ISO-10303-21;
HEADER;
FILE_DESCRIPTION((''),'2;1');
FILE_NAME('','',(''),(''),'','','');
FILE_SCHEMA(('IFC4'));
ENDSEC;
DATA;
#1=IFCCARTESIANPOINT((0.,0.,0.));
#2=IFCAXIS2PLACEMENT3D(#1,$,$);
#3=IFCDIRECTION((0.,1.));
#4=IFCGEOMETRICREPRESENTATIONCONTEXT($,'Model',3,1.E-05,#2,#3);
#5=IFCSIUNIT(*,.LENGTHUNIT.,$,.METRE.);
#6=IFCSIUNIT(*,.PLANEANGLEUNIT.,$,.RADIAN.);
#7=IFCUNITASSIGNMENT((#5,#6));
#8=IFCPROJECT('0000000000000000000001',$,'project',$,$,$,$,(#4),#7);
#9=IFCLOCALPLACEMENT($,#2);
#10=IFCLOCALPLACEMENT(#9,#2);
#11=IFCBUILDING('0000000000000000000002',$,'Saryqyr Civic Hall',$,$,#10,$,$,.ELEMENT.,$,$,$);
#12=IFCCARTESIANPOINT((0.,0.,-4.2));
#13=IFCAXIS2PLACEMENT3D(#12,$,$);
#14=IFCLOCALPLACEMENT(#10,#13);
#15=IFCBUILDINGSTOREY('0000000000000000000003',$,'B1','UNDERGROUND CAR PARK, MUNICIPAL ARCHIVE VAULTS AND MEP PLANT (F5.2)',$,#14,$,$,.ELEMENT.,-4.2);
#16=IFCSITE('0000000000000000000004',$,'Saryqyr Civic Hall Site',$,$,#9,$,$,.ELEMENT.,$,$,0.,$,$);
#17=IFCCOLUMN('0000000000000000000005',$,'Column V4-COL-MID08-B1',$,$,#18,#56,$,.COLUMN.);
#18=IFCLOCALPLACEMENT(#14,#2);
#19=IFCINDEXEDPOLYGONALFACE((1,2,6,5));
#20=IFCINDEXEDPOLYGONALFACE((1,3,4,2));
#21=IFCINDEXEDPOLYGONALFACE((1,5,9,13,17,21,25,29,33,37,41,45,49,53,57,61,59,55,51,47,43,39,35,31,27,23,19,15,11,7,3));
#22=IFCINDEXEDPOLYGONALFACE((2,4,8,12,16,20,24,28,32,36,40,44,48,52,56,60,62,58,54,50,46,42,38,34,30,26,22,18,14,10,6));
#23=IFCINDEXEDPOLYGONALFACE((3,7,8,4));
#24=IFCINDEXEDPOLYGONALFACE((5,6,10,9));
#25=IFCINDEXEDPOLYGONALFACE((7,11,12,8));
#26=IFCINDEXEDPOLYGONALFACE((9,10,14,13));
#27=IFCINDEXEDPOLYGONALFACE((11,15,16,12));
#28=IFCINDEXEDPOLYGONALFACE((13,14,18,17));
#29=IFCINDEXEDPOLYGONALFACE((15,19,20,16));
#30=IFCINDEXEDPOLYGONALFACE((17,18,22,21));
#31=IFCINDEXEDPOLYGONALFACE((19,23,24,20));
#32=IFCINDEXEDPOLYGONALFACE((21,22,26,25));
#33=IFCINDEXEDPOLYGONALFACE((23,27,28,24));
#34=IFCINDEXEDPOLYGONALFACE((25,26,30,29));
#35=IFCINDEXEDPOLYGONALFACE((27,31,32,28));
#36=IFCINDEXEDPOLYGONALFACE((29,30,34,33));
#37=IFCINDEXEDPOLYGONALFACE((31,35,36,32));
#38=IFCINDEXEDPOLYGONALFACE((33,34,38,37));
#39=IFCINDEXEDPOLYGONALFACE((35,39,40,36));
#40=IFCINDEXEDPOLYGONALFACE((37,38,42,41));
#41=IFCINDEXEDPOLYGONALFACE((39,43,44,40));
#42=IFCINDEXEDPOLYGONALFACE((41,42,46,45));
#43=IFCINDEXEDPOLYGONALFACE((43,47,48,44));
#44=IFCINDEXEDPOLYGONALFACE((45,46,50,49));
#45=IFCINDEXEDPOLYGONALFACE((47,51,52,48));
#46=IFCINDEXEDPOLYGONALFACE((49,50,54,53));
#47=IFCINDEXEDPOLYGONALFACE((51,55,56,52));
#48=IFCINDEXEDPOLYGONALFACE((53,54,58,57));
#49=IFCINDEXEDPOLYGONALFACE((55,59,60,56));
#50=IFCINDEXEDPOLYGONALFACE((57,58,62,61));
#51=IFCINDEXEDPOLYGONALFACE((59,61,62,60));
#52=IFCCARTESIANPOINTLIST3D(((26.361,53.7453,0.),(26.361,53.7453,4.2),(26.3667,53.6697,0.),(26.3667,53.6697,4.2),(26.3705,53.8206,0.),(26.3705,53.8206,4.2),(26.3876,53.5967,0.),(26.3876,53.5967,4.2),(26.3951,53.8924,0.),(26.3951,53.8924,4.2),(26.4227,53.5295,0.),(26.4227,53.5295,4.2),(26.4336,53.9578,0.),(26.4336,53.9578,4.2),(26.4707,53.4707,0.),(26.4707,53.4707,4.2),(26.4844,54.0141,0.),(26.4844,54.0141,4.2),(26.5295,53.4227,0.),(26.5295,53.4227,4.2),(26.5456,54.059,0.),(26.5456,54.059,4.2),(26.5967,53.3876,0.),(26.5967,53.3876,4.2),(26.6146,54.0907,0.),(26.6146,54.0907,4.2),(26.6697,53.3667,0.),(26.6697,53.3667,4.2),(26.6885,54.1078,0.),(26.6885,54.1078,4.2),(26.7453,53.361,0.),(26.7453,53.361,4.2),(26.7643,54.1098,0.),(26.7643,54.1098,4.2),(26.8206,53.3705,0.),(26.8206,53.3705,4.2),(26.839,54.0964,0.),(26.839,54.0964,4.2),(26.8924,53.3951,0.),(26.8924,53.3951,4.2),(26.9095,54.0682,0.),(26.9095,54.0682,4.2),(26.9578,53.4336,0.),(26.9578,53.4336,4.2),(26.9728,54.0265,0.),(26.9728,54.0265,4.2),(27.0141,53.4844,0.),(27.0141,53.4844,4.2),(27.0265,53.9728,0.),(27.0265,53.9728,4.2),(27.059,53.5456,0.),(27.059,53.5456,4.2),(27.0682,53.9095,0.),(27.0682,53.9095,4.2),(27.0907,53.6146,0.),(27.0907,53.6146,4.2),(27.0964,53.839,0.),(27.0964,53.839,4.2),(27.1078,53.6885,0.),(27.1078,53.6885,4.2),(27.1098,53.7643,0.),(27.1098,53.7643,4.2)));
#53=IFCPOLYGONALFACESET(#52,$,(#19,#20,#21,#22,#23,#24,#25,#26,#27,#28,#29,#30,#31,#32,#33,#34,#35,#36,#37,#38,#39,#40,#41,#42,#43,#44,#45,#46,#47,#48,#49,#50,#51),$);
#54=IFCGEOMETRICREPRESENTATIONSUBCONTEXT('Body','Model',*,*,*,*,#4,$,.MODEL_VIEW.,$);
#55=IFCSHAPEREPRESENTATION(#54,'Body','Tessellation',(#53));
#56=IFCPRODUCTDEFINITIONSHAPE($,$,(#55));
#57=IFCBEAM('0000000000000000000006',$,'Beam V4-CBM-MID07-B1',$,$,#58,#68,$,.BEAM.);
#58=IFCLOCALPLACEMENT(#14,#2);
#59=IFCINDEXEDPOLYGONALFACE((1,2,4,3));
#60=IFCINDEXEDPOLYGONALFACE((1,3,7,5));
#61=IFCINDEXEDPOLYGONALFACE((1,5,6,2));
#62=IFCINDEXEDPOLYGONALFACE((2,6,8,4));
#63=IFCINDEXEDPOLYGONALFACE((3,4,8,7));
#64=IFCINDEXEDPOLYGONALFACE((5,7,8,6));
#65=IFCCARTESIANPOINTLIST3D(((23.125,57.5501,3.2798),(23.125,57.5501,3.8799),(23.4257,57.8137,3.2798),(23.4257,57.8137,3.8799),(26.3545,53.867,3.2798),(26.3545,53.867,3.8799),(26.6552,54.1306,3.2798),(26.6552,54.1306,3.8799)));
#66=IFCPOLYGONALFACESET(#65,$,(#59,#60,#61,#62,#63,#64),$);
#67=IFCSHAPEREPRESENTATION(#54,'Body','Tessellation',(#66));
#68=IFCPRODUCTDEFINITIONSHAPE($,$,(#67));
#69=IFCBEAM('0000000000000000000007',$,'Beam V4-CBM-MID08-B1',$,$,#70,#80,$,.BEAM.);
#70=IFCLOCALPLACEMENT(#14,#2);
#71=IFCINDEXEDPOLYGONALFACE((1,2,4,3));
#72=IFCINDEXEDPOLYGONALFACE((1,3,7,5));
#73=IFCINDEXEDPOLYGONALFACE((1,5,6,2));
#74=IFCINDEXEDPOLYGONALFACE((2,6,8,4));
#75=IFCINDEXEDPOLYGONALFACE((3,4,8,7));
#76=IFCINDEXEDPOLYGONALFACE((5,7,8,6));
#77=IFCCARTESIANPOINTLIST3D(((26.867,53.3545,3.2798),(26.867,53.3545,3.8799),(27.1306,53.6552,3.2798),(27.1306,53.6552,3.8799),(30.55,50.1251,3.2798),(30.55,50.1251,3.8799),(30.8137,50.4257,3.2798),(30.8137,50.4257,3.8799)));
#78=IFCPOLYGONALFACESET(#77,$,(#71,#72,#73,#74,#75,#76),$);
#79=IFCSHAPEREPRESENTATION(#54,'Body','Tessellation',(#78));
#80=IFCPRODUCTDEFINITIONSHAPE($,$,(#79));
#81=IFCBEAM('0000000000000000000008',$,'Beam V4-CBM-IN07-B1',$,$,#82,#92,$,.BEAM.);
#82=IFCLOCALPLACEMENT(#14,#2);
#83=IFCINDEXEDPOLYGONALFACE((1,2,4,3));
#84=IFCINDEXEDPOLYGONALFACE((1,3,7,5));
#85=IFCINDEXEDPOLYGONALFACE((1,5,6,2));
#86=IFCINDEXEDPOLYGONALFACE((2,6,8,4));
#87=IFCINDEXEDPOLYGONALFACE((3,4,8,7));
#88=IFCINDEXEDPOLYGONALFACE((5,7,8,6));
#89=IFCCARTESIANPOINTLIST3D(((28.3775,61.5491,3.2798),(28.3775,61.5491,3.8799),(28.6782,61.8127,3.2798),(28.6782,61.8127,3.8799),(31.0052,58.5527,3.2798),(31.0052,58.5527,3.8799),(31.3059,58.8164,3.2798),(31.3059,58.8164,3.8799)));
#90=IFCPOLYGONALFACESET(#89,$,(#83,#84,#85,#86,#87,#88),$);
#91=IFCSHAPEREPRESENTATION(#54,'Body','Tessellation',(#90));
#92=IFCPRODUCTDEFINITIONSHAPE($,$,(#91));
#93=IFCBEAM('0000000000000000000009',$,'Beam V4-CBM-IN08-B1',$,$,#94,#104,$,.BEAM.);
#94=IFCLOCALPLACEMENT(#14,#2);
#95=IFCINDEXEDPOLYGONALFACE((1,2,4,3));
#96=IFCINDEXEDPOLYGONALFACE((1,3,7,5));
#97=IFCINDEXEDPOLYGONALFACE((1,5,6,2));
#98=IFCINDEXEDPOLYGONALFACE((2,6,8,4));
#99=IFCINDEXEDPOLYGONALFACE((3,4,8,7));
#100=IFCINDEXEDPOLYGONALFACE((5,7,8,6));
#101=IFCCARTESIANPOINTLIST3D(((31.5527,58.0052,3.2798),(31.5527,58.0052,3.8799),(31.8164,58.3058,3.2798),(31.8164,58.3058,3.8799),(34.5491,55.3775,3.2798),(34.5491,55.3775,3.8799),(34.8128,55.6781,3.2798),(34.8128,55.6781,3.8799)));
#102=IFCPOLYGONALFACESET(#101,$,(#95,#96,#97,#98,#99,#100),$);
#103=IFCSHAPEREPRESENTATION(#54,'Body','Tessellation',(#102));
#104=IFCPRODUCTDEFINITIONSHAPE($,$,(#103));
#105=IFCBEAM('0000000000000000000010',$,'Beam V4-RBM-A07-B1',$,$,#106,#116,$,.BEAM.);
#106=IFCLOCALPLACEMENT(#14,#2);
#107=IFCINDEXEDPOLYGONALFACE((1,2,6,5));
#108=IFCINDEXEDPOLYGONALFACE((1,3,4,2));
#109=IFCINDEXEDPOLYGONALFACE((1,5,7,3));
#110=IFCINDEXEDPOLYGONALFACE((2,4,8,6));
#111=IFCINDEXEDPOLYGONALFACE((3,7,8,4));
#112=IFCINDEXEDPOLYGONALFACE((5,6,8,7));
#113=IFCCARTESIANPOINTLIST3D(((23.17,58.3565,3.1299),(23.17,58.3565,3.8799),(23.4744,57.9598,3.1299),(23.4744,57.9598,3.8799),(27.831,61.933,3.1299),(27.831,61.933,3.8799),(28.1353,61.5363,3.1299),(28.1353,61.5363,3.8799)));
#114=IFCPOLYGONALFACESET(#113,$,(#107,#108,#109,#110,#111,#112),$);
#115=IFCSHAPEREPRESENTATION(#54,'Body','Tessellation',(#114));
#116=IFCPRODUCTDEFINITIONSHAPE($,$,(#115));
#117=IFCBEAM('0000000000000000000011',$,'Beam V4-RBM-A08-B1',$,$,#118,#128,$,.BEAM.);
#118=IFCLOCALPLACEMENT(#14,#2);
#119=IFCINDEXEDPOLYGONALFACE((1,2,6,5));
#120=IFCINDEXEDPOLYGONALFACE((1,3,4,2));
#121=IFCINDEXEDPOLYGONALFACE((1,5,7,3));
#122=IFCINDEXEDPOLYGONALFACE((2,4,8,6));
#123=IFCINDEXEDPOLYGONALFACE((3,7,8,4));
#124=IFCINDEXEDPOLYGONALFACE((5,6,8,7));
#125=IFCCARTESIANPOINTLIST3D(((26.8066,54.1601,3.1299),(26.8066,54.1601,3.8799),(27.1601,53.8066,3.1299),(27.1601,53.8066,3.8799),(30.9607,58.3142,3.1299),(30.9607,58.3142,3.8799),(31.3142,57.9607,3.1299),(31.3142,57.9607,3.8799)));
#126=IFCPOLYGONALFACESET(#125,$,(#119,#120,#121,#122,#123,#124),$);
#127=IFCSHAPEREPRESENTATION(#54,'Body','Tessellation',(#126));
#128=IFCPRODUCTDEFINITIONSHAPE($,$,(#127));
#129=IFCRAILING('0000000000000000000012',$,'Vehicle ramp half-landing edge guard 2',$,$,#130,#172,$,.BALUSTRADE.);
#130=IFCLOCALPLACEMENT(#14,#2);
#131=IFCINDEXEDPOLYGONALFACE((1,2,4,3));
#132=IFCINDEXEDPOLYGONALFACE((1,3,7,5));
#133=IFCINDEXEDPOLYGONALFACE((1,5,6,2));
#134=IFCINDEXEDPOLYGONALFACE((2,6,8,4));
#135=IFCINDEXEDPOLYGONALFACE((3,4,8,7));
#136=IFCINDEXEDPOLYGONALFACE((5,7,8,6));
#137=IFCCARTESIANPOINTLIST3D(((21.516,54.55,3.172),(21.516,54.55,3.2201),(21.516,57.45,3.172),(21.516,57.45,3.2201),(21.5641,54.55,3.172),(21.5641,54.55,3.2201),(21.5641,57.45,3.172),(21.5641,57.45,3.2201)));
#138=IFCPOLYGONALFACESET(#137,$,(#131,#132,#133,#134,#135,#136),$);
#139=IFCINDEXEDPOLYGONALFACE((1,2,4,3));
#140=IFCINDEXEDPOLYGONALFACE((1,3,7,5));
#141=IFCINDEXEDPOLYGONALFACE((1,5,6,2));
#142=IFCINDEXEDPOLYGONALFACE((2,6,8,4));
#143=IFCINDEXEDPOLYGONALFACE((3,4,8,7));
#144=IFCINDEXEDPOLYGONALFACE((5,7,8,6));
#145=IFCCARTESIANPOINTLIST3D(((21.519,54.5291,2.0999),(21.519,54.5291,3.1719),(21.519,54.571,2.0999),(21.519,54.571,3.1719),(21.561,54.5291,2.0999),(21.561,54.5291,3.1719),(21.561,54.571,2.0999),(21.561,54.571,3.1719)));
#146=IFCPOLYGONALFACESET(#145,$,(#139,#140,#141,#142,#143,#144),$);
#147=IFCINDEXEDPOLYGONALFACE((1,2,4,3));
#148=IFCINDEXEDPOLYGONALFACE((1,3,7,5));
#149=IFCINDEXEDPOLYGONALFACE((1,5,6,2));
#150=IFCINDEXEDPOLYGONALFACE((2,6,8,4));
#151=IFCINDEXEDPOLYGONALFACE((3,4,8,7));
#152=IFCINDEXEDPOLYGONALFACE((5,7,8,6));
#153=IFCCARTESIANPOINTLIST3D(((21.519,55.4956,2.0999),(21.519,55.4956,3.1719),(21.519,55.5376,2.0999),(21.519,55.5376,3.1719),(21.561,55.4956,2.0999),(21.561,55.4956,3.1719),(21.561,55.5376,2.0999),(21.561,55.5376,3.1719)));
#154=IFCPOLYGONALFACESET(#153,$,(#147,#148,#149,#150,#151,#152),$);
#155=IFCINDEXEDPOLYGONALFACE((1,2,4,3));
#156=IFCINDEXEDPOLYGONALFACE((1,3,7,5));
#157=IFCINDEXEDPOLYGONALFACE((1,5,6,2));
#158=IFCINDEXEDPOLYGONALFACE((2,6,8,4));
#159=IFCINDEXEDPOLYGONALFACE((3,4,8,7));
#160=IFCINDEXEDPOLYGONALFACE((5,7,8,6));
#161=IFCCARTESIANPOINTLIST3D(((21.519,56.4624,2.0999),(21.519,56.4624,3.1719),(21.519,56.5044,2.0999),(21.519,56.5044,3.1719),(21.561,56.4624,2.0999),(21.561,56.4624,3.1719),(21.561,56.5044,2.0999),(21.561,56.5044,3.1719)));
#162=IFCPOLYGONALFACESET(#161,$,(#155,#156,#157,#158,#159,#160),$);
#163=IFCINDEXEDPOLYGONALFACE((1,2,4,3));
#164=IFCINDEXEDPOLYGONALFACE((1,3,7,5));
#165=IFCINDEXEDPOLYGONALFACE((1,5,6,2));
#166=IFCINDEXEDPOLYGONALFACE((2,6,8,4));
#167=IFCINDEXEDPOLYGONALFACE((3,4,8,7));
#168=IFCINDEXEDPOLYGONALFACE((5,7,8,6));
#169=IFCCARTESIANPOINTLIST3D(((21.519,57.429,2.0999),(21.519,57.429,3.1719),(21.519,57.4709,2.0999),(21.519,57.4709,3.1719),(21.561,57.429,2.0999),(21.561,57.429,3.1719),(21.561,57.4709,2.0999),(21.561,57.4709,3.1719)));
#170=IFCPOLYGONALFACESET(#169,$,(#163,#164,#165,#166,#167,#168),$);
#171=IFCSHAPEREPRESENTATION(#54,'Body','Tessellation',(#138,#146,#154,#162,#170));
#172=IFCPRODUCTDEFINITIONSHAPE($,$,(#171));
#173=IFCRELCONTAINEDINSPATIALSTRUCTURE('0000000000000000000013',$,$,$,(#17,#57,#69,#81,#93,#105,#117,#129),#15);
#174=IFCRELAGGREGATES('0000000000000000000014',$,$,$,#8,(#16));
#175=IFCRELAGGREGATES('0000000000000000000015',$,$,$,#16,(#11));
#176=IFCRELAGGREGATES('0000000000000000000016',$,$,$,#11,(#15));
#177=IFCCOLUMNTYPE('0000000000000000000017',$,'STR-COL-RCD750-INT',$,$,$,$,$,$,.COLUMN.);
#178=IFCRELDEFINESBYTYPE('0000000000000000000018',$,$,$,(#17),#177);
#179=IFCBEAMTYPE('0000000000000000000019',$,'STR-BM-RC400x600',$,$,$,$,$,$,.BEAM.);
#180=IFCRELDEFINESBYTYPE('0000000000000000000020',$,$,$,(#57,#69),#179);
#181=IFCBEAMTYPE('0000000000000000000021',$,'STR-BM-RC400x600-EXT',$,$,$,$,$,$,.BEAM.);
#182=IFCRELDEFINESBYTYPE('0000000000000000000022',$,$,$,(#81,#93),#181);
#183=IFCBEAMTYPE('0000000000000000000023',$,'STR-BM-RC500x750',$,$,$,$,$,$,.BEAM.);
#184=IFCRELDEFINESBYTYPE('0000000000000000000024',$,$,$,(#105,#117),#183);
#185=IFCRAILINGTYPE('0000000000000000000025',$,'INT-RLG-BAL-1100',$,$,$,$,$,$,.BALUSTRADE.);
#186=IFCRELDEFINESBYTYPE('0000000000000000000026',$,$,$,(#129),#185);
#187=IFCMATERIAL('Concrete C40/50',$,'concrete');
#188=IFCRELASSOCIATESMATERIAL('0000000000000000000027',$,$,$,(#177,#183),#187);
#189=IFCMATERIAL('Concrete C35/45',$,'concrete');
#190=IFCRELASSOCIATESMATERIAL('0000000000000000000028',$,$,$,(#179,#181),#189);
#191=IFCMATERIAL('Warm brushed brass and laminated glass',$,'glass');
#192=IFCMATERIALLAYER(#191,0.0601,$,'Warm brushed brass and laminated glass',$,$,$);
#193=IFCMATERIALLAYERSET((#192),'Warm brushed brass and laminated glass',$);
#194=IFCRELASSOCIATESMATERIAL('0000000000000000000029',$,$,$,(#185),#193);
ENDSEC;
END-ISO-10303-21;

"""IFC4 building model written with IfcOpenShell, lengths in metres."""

from ifc_helpers import new_model, si_unit, direction, frame, origin, origin_2d, place, context, subcontext, project, spatial, rectangle, circle, extrude, material, layer, layer_set, material_profile, profile_set, type_object, element, save


model = new_model("IFC4")

# Units and contexts
model_context = context("Model", 3, precision=1e-05, world=origin(), true_north=direction((0.0, 1.0)))
body_context = subcontext(model_context, "Body", "Model", "MODEL_VIEW")
ifc_project = project(units=[si_unit("LENGTHUNIT", "METRE"), si_unit("PLANEANGLEUNIT", "RADIAN")], contexts=[model_context])

# Site, building, storey
site_placement = place(None, origin())
site = spatial("IfcSite", under=ifc_project, at=site_placement, Name="Saryqyr Civic Hall Site", CompositionType="ELEMENT", RefElevation=0.0)
building_placement = place(site_placement, origin())
building = spatial("IfcBuilding", under=site, at=building_placement, Name="Saryqyr Civic Hall", CompositionType="ELEMENT")
storey_placement = place(building_placement, frame((0.0, 0.0, -4.2)))
storey = spatial("IfcBuildingStorey", under=building, at=storey_placement, Name="B1", Description="UNDERGROUND CAR PARK, MUNICIPAL ARCHIVE VAULTS AND MEP PLANT (F5.2)", CompositionType="ELEMENT", Elevation=-4.2)

# Shared definitions
ifc_material_1 = material(Name="Concrete C35/45", Category="concrete")

# Column
ifc_material_2 = material(Name="Concrete C40/50", Category="concrete")
ifc_material_profile_1 = material_profile(ifc_material_2, circle(Radius=0.375, at=origin_2d()), Name="RC D750")
ifc_profile_set_1 = profile_set([ifc_material_profile_1], Name="Concrete C40/50")
column_type_1 = type_object("IfcColumnType", Name="STR-COL-RCD750-INT", PredefinedType="COLUMN", material=ifc_profile_set_1)
for number, where, z_axis, x_axis, name in (
    (1, (26.7358, 53.7358, 0.0), (0.0, 0.0, 1.0), (-0.707107, -0.707107, 0.0), "Column V4-COL-MID08-B1"),
):
    element("IfcColumn", number, at=place(storey_placement, frame(where, z_axis=z_axis, x_axis=x_axis)), inside=storey, type_object=column_type_1, Name=name, PredefinedType="COLUMN", context=body_context, shape_type="SweptSolid", body=[
        extrude(circle(Radius=0.375, at=origin_2d()), origin(), (0.0, 0.0, 1.0), 4.2),
    ])

# Beams
ifc_material_profile_2 = material_profile(ifc_material_1, rectangle(XDim=0.3999, YDim=0.6001, at=origin_2d()), Name="RC 400x600")
ifc_profile_set_2 = profile_set([ifc_material_profile_2], Name="Concrete C35/45")
beam_type_1 = type_object("IfcBeamType", Name="STR-BM-RC400x600", PredefinedType="BEAM", material=ifc_profile_set_2)
for number, where, z_axis, x_axis, name in (
    (2, (23.2754, 57.6819, 3.5798), (0.659288, -0.751891, 0.0), (0.751891, 0.659288, 0.0), "Beam V4-CBM-MID07-B1"),
    (3, (26.9988, 53.5049, 3.5798), (0.751891, -0.659288, 0.0), (0.659288, 0.751891, 0.0), "Beam V4-CBM-MID08-B1"),
):
    element("IfcBeam", number, at=place(storey_placement, frame(where, z_axis=z_axis, x_axis=x_axis)), inside=storey, type_object=beam_type_1, Name=name, PredefinedType="BEAM", context=body_context, shape_type="SweptSolid", body=[
        extrude(rectangle(XDim=0.3999, YDim=0.6001, at=origin_2d()), origin(), (0.0, 0.0, 1.0), 4.8984),
    ])
ifc_material_profile_3 = material_profile(ifc_material_1, rectangle(XDim=0.3999, YDim=0.6001, at=origin_2d()), Name="RC 400x600")
ifc_profile_set_3 = profile_set([ifc_material_profile_3], Name="Concrete C35/45")
beam_type_2 = type_object("IfcBeamType", Name="STR-BM-RC400x600-EXT", PredefinedType="BEAM", material=ifc_profile_set_3)
for number, where, z_axis, x_axis, name in (
    (4, (28.5278, 61.6809, 3.5798), (0.659341, -0.751844, 0.0), (0.751844, 0.659341, 0.0), "Beam V4-CBM-IN07-B1"),
    (5, (31.6846, 58.1555, 3.5798), (0.751844, -0.659341, 0.0), (0.659341, 0.751844, 0.0), "Beam V4-CBM-IN08-B1"),
):
    element("IfcBeam", number, at=place(storey_placement, frame(where, z_axis=z_axis, x_axis=x_axis)), inside=storey, type_object=beam_type_2, Name=name, PredefinedType="BEAM", context=body_context, shape_type="SweptSolid", body=[
        extrude(rectangle(XDim=0.3999, YDim=0.6001, at=origin_2d()), origin(), (0.0, 0.0, 1.0), 3.9854),
    ])
ifc_material_profile_4 = material_profile(ifc_material_2, rectangle(XDim=0.5, YDim=0.75, at=origin_2d()), Name="RC 500x750")
ifc_profile_set_4 = profile_set([ifc_material_profile_4], Name="Concrete C40/50")
beam_type_3 = type_object("IfcBeamType", Name="STR-BM-RC500x750", PredefinedType="BEAM", material=ifc_profile_set_4)
beam_1_placement = place(storey_placement, frame((27.9832, 61.7346, 3.5049), z_axis=(-0.793354, -0.60876, 0.0), x_axis=(0.60876, -0.793354, 0.0)))
element("IfcBeam", 6, at=beam_1_placement, inside=storey, type_object=beam_type_3, Name="Beam V4-RBM-A07-B1", PredefinedType="BEAM", context=body_context, shape_type="SweptSolid", body=[
    extrude(rectangle(XDim=0.5, YDim=0.75, at=origin_2d()), origin(), (0.0, 0.0, 1.0), 5.875),
])
beam_2_placement = place(storey_placement, frame((31.1375, 58.1375, 3.5049), z_axis=(-0.707107, -0.707107, 0.0), x_axis=(0.707107, -0.707107, 0.0)))
element("IfcBeam", 7, at=beam_2_placement, inside=storey, type_object=beam_type_3, Name="Beam V4-RBM-A08-B1", PredefinedType="BEAM", context=body_context, shape_type="SweptSolid", body=[
    extrude(rectangle(XDim=0.5, YDim=0.75, at=origin_2d()), origin(), (0.0, 0.0, 1.0), 5.8748),
])

# Railing
ifc_material_3 = material(Name="Warm brushed brass and laminated glass", Category="glass")
ifc_layer = layer(ifc_material_3, 0.0601, Name="Warm brushed brass and laminated glass")
ifc_layer_set = layer_set([ifc_layer], Name="Warm brushed brass and laminated glass")
railing_type = type_object("IfcRailingType", Name="INT-RLG-BAL-1100", PredefinedType="BALUSTRADE", material=ifc_layer_set)
railing_1_placement = place(storey_placement, frame((21.54, 54.55, 2.0999)))
element("IfcRailing", 8, at=railing_1_placement, inside=storey, type_object=railing_type, Name="Vehicle ramp half-landing edge guard 2", PredefinedType="BALUSTRADE", context=body_context, shape_type="SweptSolid", body=[
    extrude(rectangle(XDim=0.0481, YDim=0.0481, at=origin_2d()), frame((0.0, 0.0, 1.0962), z_axis=(0.0, 1.0, 0.0), x_axis=(-1.0, 0.0, 0.0)), (0.0, 0.0, 1.0), 2.8999),
    extrude(rectangle(XDim=0.042, YDim=0.042, at=origin_2d()), origin(), (0.0, 0.0, 1.0), 1.072),
    extrude(rectangle(XDim=0.042, YDim=0.042, at=origin_2d()), frame((0.0, 0.9666, 0.0)), (0.0, 0.0, 1.0), 1.072),
    extrude(rectangle(XDim=0.042, YDim=0.042, at=origin_2d()), frame((0.0, 1.9333, 0.0)), (0.0, 0.0, 1.0), 1.072),
    extrude(rectangle(XDim=0.042, YDim=0.042, at=origin_2d()), frame((0.0, 2.8999, 0.0)), (0.0, 0.0, 1.0), 1.072),
])

save(model, "model.ifc")
